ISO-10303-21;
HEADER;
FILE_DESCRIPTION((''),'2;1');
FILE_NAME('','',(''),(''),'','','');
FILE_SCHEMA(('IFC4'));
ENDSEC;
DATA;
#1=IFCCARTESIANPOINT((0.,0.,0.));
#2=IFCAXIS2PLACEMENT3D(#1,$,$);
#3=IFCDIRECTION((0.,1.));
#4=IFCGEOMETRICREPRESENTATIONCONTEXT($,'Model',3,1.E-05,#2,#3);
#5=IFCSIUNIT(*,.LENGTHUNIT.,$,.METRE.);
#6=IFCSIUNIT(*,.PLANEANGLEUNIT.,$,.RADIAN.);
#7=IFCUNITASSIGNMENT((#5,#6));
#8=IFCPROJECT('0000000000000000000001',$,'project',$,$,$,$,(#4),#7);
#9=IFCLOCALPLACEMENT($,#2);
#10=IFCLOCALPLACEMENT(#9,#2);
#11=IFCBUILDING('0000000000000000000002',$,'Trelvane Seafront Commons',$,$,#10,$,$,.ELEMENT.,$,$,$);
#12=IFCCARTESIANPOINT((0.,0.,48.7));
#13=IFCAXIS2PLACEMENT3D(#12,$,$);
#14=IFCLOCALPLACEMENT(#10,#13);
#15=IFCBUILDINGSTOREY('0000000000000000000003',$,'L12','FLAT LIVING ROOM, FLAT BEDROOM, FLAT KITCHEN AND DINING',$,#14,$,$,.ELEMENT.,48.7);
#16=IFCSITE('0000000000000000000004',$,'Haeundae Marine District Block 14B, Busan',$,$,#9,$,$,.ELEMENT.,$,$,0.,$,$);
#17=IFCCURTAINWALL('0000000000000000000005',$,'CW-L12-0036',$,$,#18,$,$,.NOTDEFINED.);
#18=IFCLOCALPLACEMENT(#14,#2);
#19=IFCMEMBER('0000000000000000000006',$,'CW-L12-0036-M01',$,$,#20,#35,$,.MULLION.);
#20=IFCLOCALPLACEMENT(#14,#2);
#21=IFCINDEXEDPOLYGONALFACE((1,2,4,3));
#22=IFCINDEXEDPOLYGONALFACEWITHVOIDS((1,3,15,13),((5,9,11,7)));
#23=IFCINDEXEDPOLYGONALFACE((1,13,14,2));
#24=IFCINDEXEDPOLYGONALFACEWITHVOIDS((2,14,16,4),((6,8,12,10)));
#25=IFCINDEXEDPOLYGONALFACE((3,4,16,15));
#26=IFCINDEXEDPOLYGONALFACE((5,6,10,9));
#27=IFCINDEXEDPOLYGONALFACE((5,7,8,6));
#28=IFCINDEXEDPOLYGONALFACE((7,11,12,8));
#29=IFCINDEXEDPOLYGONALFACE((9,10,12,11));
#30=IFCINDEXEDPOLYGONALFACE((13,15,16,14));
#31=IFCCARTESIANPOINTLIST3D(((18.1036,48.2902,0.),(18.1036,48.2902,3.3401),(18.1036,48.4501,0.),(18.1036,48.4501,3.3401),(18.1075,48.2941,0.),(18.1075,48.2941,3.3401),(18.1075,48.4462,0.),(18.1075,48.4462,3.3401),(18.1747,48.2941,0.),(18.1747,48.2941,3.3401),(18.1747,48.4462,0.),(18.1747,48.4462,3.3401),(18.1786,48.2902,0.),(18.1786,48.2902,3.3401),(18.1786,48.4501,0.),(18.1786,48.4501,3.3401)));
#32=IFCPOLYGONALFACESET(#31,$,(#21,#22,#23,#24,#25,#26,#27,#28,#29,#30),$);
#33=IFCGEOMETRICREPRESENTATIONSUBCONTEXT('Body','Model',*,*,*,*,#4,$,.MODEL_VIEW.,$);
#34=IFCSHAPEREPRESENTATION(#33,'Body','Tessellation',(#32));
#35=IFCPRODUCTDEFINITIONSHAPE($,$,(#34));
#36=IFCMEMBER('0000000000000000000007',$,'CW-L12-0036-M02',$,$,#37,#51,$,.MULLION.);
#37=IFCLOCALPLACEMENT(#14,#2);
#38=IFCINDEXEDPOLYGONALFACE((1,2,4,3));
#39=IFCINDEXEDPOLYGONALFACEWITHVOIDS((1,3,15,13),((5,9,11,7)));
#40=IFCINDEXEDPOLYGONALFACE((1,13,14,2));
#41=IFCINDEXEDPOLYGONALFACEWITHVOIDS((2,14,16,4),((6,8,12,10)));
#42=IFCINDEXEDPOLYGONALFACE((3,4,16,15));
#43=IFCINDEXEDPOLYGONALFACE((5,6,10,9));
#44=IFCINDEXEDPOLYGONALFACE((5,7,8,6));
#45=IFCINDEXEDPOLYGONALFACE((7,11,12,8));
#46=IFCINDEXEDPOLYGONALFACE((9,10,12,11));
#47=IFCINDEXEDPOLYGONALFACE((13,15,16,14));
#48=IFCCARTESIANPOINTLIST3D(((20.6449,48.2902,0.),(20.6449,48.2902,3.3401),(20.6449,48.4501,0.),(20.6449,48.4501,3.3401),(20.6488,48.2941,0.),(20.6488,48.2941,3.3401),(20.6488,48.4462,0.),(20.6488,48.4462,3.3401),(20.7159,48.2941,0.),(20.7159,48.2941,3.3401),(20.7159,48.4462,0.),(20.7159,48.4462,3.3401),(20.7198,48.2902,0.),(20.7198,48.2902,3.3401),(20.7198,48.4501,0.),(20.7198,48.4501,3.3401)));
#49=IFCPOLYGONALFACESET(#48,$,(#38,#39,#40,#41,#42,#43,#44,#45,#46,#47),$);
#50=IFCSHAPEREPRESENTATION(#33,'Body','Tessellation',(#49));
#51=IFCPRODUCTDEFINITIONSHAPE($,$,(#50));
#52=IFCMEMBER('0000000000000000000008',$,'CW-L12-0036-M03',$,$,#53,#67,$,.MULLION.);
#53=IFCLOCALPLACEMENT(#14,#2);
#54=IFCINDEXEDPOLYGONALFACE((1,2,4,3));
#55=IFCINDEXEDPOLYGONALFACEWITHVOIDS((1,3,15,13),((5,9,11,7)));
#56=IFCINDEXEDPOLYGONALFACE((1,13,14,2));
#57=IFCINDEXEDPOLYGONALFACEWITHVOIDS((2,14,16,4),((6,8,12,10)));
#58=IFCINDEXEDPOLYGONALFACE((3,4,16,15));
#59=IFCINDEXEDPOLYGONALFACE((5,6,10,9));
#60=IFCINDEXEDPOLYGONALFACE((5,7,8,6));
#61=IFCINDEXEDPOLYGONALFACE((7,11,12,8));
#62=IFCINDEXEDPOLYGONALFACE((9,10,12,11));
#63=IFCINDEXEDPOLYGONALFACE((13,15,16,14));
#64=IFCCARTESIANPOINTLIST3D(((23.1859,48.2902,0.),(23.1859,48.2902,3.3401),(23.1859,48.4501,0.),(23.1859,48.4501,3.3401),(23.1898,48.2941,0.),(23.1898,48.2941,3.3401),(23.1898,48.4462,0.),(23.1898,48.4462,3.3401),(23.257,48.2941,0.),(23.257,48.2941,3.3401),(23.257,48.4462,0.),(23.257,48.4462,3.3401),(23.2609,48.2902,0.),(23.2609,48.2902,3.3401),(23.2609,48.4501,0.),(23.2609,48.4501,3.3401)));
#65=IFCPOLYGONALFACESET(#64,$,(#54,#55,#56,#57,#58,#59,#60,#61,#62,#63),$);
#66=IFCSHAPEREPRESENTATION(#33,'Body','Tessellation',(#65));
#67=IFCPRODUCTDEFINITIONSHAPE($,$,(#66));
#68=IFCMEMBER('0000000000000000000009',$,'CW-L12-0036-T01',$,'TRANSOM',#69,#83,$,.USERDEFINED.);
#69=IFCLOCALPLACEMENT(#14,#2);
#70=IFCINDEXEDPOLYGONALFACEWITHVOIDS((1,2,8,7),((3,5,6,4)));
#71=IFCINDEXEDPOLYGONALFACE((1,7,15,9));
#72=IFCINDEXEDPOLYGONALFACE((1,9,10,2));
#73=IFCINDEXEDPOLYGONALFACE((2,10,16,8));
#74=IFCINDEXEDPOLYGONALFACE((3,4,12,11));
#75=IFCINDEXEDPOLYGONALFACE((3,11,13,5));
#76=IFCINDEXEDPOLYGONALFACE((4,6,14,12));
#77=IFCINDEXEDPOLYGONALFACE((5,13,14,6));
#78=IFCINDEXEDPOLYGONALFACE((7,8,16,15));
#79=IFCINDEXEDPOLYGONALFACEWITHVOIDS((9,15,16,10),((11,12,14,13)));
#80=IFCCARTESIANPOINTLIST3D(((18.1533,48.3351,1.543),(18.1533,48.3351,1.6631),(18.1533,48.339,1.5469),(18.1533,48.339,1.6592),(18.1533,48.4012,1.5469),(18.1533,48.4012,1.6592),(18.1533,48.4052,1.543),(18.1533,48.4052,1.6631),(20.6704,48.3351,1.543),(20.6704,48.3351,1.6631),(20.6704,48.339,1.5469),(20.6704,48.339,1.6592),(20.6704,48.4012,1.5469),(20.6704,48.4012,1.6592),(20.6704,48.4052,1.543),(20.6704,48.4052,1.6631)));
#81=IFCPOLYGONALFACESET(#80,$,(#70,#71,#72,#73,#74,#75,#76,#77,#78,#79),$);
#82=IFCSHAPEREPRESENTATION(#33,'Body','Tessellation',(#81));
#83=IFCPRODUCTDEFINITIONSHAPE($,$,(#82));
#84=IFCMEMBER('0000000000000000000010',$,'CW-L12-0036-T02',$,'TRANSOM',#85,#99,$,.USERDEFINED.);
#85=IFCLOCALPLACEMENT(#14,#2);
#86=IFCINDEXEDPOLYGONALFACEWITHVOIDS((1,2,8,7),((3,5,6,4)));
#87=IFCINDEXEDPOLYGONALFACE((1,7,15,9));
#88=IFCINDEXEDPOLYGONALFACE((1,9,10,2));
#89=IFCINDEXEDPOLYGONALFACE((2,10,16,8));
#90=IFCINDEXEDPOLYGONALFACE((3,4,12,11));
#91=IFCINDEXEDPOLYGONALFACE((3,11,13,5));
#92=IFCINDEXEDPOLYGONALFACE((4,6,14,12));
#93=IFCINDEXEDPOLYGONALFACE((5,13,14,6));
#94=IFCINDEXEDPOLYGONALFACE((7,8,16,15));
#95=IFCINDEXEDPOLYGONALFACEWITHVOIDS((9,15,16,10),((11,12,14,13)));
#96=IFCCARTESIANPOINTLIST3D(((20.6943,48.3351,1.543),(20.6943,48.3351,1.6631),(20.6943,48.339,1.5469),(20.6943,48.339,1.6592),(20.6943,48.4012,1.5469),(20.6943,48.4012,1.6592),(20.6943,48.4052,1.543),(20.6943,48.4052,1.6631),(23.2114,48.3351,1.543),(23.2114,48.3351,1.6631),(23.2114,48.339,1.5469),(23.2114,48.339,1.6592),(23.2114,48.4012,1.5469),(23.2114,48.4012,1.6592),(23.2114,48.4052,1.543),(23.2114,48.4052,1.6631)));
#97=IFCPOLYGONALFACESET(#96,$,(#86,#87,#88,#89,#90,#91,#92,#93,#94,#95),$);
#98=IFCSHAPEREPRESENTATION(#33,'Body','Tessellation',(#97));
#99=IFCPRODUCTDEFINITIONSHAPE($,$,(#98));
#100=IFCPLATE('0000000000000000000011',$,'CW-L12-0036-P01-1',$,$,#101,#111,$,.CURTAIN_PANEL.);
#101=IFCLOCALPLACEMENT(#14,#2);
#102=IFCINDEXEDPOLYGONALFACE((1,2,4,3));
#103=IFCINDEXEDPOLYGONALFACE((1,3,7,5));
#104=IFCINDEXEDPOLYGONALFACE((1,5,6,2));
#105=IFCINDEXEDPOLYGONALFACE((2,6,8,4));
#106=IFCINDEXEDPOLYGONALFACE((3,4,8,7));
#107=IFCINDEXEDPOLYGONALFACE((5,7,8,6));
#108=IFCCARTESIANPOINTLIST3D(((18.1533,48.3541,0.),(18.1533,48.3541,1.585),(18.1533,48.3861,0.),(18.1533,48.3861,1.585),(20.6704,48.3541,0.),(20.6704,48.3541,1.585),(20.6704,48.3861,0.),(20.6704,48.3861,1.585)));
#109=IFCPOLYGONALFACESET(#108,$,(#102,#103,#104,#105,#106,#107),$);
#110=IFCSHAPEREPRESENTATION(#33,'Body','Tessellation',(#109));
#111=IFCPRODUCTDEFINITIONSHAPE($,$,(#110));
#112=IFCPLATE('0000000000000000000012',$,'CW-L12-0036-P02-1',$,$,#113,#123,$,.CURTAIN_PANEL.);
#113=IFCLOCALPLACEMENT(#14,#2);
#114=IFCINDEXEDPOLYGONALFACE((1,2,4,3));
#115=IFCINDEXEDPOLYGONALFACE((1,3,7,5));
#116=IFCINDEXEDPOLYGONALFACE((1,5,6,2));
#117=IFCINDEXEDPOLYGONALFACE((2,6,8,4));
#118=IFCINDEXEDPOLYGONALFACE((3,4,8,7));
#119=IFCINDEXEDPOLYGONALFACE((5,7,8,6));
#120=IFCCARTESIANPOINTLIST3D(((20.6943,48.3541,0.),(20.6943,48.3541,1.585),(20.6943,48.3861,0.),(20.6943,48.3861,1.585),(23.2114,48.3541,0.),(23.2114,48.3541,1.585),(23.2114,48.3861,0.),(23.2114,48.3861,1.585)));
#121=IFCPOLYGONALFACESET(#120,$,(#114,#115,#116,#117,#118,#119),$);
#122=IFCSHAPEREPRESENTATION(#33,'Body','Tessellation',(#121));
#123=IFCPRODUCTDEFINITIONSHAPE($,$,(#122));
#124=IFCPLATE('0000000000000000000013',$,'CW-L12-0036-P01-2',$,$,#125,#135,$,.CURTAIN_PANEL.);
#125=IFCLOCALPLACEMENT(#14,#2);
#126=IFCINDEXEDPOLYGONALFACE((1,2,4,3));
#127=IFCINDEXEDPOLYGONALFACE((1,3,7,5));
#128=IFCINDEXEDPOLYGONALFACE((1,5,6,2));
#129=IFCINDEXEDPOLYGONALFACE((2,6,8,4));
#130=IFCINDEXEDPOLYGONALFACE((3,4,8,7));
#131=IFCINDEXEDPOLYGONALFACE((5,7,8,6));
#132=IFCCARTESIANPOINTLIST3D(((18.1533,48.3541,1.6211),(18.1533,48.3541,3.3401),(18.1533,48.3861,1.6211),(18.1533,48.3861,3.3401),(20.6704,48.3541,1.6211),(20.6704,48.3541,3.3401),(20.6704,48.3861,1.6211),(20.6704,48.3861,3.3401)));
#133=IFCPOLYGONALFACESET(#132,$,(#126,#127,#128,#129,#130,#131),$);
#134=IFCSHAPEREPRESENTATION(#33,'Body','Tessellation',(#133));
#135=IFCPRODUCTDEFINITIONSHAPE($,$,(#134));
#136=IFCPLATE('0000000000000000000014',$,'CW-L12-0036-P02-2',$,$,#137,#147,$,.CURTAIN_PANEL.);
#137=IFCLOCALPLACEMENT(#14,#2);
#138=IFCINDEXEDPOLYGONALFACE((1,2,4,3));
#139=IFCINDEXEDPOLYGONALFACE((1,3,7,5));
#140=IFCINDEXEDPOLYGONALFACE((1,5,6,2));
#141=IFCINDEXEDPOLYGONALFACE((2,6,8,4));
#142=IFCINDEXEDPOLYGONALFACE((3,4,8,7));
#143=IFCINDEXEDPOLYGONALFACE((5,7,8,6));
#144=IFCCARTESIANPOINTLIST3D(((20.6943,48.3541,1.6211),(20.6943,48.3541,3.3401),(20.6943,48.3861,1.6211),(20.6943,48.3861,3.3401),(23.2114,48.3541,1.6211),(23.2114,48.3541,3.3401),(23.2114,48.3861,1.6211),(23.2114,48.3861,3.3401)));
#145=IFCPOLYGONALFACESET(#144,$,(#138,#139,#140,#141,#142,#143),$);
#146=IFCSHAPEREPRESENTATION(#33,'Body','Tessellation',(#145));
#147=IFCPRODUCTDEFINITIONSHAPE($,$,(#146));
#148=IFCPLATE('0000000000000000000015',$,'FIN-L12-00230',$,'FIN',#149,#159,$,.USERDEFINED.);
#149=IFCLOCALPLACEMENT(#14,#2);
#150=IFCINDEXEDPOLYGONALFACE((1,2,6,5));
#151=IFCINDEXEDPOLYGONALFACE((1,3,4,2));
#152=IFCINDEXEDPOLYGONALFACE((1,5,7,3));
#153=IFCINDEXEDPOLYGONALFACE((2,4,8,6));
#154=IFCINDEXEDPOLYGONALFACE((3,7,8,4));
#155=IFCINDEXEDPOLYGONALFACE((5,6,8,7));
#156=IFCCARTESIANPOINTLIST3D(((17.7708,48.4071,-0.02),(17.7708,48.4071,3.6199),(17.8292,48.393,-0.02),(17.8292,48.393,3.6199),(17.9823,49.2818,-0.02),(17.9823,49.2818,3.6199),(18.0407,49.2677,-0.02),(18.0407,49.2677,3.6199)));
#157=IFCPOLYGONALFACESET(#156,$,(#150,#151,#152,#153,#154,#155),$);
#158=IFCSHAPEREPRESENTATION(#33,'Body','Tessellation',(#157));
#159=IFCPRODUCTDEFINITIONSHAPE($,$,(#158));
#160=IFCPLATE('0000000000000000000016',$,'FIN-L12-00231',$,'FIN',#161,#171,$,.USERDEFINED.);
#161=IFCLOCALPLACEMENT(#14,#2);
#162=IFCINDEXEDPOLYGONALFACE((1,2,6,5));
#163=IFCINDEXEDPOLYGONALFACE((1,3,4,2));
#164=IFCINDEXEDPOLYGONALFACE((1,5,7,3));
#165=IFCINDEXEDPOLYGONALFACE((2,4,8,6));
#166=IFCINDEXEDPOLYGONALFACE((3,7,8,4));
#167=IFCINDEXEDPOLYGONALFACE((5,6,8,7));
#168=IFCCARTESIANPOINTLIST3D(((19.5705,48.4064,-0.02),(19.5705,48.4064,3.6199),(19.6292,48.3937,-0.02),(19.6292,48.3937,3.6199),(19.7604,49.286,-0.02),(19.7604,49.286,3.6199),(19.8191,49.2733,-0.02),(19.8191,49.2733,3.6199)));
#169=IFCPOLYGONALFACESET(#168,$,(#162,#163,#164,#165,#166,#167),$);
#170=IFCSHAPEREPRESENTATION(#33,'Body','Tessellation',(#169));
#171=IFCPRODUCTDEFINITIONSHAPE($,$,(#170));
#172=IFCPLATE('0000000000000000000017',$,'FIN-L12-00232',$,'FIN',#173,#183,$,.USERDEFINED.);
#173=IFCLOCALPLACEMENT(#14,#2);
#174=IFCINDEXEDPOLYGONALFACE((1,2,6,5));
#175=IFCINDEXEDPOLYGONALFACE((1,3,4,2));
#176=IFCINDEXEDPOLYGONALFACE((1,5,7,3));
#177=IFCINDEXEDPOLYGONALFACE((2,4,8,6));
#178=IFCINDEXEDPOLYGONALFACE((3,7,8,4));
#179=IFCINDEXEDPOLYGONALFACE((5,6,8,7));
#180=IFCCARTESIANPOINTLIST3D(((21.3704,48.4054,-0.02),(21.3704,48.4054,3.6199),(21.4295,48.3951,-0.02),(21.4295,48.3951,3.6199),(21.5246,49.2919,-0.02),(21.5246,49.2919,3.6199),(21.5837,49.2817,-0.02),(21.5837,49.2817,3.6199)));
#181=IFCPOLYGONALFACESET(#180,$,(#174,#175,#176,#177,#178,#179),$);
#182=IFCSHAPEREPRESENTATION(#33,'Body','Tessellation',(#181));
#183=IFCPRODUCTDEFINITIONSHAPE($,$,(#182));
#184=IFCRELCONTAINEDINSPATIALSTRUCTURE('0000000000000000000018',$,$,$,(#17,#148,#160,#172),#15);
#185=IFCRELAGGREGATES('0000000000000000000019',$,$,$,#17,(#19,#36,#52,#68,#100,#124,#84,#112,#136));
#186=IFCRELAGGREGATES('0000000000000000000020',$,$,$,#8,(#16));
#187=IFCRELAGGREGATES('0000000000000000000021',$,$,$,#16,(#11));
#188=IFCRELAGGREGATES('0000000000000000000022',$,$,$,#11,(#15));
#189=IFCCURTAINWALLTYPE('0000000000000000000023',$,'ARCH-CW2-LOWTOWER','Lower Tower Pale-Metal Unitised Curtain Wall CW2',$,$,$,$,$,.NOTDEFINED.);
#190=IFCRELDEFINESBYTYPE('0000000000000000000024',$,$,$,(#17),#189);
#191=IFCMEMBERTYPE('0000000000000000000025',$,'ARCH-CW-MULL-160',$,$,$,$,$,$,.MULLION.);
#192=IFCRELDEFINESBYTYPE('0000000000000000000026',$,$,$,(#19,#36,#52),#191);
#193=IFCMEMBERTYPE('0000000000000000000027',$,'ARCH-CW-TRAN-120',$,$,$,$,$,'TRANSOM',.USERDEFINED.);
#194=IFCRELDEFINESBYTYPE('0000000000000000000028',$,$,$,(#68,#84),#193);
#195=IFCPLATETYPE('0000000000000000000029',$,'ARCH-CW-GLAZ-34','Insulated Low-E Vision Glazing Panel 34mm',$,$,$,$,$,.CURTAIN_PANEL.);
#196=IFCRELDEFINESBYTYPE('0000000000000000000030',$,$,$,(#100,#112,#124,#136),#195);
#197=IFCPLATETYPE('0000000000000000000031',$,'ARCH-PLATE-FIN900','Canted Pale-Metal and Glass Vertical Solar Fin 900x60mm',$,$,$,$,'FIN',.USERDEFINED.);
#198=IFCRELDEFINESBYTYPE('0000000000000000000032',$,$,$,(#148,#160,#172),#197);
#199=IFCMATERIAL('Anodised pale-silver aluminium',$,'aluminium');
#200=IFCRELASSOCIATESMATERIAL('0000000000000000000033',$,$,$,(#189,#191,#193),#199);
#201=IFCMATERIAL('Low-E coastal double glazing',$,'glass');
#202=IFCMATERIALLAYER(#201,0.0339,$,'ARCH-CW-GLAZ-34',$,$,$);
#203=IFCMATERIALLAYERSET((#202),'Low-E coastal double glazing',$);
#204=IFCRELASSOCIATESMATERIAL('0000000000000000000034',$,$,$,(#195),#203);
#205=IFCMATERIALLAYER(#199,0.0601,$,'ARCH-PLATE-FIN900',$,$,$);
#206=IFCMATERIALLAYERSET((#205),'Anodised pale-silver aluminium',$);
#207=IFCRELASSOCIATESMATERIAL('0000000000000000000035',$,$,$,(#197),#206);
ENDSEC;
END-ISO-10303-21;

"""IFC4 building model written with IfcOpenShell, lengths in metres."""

from ifc_helpers import new_model, si_unit, direction, frame, origin, origin_2d, place, context, subcontext, project, spatial, rectangle, hollow_rectangle, extrude, source, transform, mapped, material, layer, layer_set, material_profile, profile_set, type_object, element, aggregate, save


model = new_model("IFC4")

# Units and contexts
model_context = context("Model", 3, precision=1e-05, world=origin(), true_north=direction((0.0, 1.0)))
body_context = subcontext(model_context, "Body", "Model", "MODEL_VIEW")
ifc_project = project(units=[si_unit("LENGTHUNIT", "METRE"), si_unit("PLANEANGLEUNIT", "RADIAN")], contexts=[model_context])

# Site, building, storey
site_placement = place(None, origin())
site = spatial("IfcSite", under=ifc_project, at=site_placement, Name="Haeundae Marine District Block 14B, Busan", CompositionType="ELEMENT", RefElevation=0.0)
building_placement = place(site_placement, origin())
building = spatial("IfcBuilding", under=site, at=building_placement, Name="Trelvane Seafront Commons", CompositionType="ELEMENT")
storey_placement = place(building_placement, frame((0.0, 0.0, 48.7)))
storey = spatial("IfcBuildingStorey", under=building, at=storey_placement, Name="L12", Description="FLAT LIVING ROOM, FLAT BEDROOM, FLAT KITCHEN AND DINING", CompositionType="ELEMENT", Elevation=48.7)

# Curtain wall, members, plates
ifc_material_1 = material(Name="Anodised pale-silver aluminium", Category="aluminium")
curtain_wall_type = type_object("IfcCurtainWallType", Name="ARCH-CW2-LOWTOWER", Description="Lower Tower Pale-Metal Unitised Curtain Wall CW2", PredefinedType="NOTDEFINED", material=ifc_material_1)
curtain_wall_placement = place(storey_placement, origin())
curtain_wall = element("IfcCurtainWall", 1, at=curtain_wall_placement, inside=storey, type_object=curtain_wall_type, Name="CW-L12-0036", PredefinedType="NOTDEFINED")
ifc_material_profile_1 = material_profile(ifc_material_1, hollow_rectangle(XDim=0.075, YDim=0.1599, WallThickness=0.0039, at=origin_2d()), Name="MULL-75x160x4")
ifc_profile_set_1 = profile_set([ifc_material_profile_1], Name="Anodised pale-silver aluminium")
member_type_1 = type_object("IfcMemberType", Name="ARCH-CW-MULL-160", PredefinedType="MULLION", material=ifc_profile_set_1)
shared_shape_1 = source(origin(), body_context, "Body", "SweptSolid", [
    extrude(hollow_rectangle(XDim=0.075, YDim=0.1599, WallThickness=0.0039, at=origin_2d()), origin(), (0.0, 0.0, 1.0), 3.3401),
])
member_1_placement = place(storey_placement, frame((18.1411, 48.3701, 0.0), z_axis=(0.0, 0.0, 1.0), x_axis=(1.0, 0.0, 0.0)))
member_1 = element("IfcMember", 2, at=member_1_placement, type_object=member_type_1, Name="CW-L12-0036-M01", PredefinedType="MULLION", context=body_context, shape_type="MappedRepresentation", body=[
    mapped(shared_shape_1, transform((0.0, 0.0, 0.0), x_axis=(1.0, 0.0, 0.0), y_axis=(0.0, 1.0, 0.0), z_axis=(0.0, 0.0, 1.0), scale=1.0)),
])
member_2_placement = place(storey_placement, frame((20.6824, 48.3701, 0.0), z_axis=(0.0, 0.0, 1.0), x_axis=(1.0, 0.0, 0.0)))
member_2 = element("IfcMember", 3, at=member_2_placement, type_object=member_type_1, Name="CW-L12-0036-M02", PredefinedType="MULLION", context=body_context, shape_type="MappedRepresentation", body=[
    mapped(shared_shape_1, transform((0.0, 0.0, 0.0), x_axis=(1.0, 0.0, 0.0), y_axis=(0.0, 1.0, 0.0), z_axis=(0.0, 0.0, 1.0), scale=1.0)),
])
member_3_placement = place(storey_placement, frame((23.2234, 48.3701, 0.0), z_axis=(0.0, 0.0, 1.0), x_axis=(1.0, 0.0, 0.0)))
member_3 = element("IfcMember", 4, at=member_3_placement, type_object=member_type_1, Name="CW-L12-0036-M03", PredefinedType="MULLION", context=body_context, shape_type="MappedRepresentation", body=[
    mapped(shared_shape_1, transform((0.0, 0.0, 0.0), x_axis=(1.0, 0.0, 0.0), y_axis=(0.0, 1.0, 0.0), z_axis=(0.0, 0.0, 1.0), scale=1.0)),
])
ifc_material_profile_2 = material_profile(ifc_material_1, hollow_rectangle(XDim=0.0701, YDim=0.1201, WallThickness=0.0039, at=origin_2d()), Name="TRAN-70x120x4")
ifc_profile_set_2 = profile_set([ifc_material_profile_2], Name="Anodised pale-silver aluminium")
member_type_2 = type_object("IfcMemberType", Name="ARCH-CW-TRAN-120", ElementType="TRANSOM", PredefinedType="USERDEFINED", material=ifc_profile_set_2)
shared_shape_2 = source(origin(), body_context, "Body", "SweptSolid", [
    extrude(hollow_rectangle(XDim=0.0701, YDim=0.1201, WallThickness=0.0039, at=origin_2d()), origin(), (0.0, 0.0, 1.0), 2.5171),
])
member_4_placement = place(storey_placement, frame((18.1533, 48.3701, 1.603), z_axis=(1.0, 0.0, 0.0), x_axis=(0.0, 1.0, 0.0)))
member_4 = element("IfcMember", 5, at=member_4_placement, type_object=member_type_2, Name="CW-L12-0036-T01", ObjectType="TRANSOM", PredefinedType="USERDEFINED", context=body_context, shape_type="MappedRepresentation", body=[
    mapped(shared_shape_2, transform((0.0, 0.0, 0.0), x_axis=(1.0, 0.0, 0.0), y_axis=(0.0, 1.0, 0.0), z_axis=(0.0, 0.0, 1.0), scale=1.0)),
])
member_5_placement = place(storey_placement, frame((20.6943, 48.3701, 1.603), z_axis=(1.0, 0.0, 0.0), x_axis=(0.0, 1.0, 0.0)))
member_5 = element("IfcMember", 6, at=member_5_placement, type_object=member_type_2, Name="CW-L12-0036-T02", ObjectType="TRANSOM", PredefinedType="USERDEFINED", context=body_context, shape_type="MappedRepresentation", body=[
    mapped(shared_shape_2, transform((0.0, 0.0, 0.0), x_axis=(1.0, 0.0, 0.0), y_axis=(0.0, 1.0, 0.0), z_axis=(0.0, 0.0, 1.0), scale=1.0)),
])
ifc_material_2 = material(Name="Low-E coastal double glazing", Category="glass")
ifc_layer_1 = layer(ifc_material_2, 0.0339, Name="ARCH-CW-GLAZ-34")
ifc_layer_set_1 = layer_set([ifc_layer_1], Name="Low-E coastal double glazing")
plate_type_1 = type_object("IfcPlateType", Name="ARCH-CW-GLAZ-34", Description="Insulated Low-E Vision Glazing Panel 34mm", PredefinedType="CURTAIN_PANEL", material=ifc_layer_set_1)
shared_shape_3 = source(origin(), body_context, "Body", "SweptSolid", [
    extrude(rectangle(XDim=2.5171, YDim=0.032, at=origin_2d()), origin(), (0.0, 0.0, 1.0), 1.585),
])
plate_1_placement = place(storey_placement, frame((19.4119, 48.3701, 0.0), z_axis=(0.0, 0.0, 1.0), x_axis=(1.0, 0.0, 0.0)))
plate_1 = element("IfcPlate", 7, at=plate_1_placement, type_object=plate_type_1, Name="CW-L12-0036-P01-1", PredefinedType="CURTAIN_PANEL", context=body_context, shape_type="MappedRepresentation", body=[
    mapped(shared_shape_3, transform((0.0, 0.0, 0.0), x_axis=(1.0, 0.0, 0.0), y_axis=(0.0, 1.0, 0.0), z_axis=(0.0, 0.0, 1.0), scale=1.0)),
])
plate_2_placement = place(storey_placement, frame((21.9529, 48.3701, 0.0), z_axis=(0.0, 0.0, 1.0), x_axis=(1.0, 0.0, 0.0)))
plate_2 = element("IfcPlate", 8, at=plate_2_placement, type_object=plate_type_1, Name="CW-L12-0036-P02-1", PredefinedType="CURTAIN_PANEL", context=body_context, shape_type="MappedRepresentation", body=[
    mapped(shared_shape_3, transform((0.0, 0.0, 0.0), x_axis=(1.0, 0.0, 0.0), y_axis=(0.0, 1.0, 0.0), z_axis=(0.0, 0.0, 1.0), scale=1.0)),
])
shared_shape_4 = source(origin(), body_context, "Body", "SweptSolid", [
    extrude(rectangle(XDim=2.5171, YDim=0.032, at=origin_2d()), origin(), (0.0, 0.0, 1.0), 1.719),
])
plate_3_placement = place(storey_placement, frame((19.4119, 48.3701, 1.6211), z_axis=(0.0, 0.0, 1.0), x_axis=(1.0, 0.0, 0.0)))
plate_3 = element("IfcPlate", 9, at=plate_3_placement, type_object=plate_type_1, Name="CW-L12-0036-P01-2", PredefinedType="CURTAIN_PANEL", context=body_context, shape_type="MappedRepresentation", body=[
    mapped(shared_shape_4, transform((0.0, 0.0, 0.0), x_axis=(1.0, 0.0, 0.0), y_axis=(0.0, 1.0, 0.0), z_axis=(0.0, 0.0, 1.0), scale=1.0)),
])
plate_4_placement = place(storey_placement, frame((21.9529, 48.3701, 1.6211), z_axis=(0.0, 0.0, 1.0), x_axis=(1.0, 0.0, 0.0)))
plate_4 = element("IfcPlate", 10, at=plate_4_placement, type_object=plate_type_1, Name="CW-L12-0036-P02-2", PredefinedType="CURTAIN_PANEL", context=body_context, shape_type="MappedRepresentation", body=[
    mapped(shared_shape_4, transform((0.0, 0.0, 0.0), x_axis=(1.0, 0.0, 0.0), y_axis=(0.0, 1.0, 0.0), z_axis=(0.0, 0.0, 1.0), scale=1.0)),
])
aggregate(curtain_wall, [member_1, member_2, member_3, member_4, plate_1, plate_3, member_5, plate_2, plate_4])

# Plates
ifc_layer_2 = layer(ifc_material_1, 0.0601, Name="ARCH-PLATE-FIN900")
ifc_layer_set_2 = layer_set([ifc_layer_2], Name="Anodised pale-silver aluminium")
plate_type_2 = type_object("IfcPlateType", Name="ARCH-PLATE-FIN900", Description="Canted Pale-Metal and Glass Vertical Solar Fin 900x60mm", ElementType="FIN", PredefinedType="USERDEFINED", material=ifc_layer_set_2)
shared_shape_5 = source(origin(), body_context, "Body", "SweptSolid", [
    extrude(rectangle(XDim=0.8999, YDim=0.0601, at=origin_2d()), origin(), (0.0, 0.0, 1.0), 3.6399),
])
for number, where, z_axis, x_axis, name in (
    (11, (17.9058, 48.8374, -0.02), (0.0, 0.0, 1.0), (0.235, 0.971995, 0.0), "FIN-L12-00230"),
    (12, (19.6948, 48.8398, -0.02), (0.0, 0.0, 1.0), (0.211009, 0.977484, 0.0), "FIN-L12-00231"),
    (13, (21.4771, 48.8435, -0.02), (0.0, 0.0, 1.0), (0.171332, 0.985213, 0.0), "FIN-L12-00232"),
):
    element("IfcPlate", number, at=place(storey_placement, frame(where, z_axis=z_axis, x_axis=x_axis)), inside=storey, type_object=plate_type_2, Name=name, ObjectType="FIN", PredefinedType="USERDEFINED", context=body_context, shape_type="MappedRepresentation", body=[
        mapped(shared_shape_5, transform((0.0, 0.0, 0.0), x_axis=(1.0, 0.0, 0.0), y_axis=(0.0, 1.0, 0.0), z_axis=(0.0, 0.0, 1.0), scale=1.0)),
    ])

save(model, "model.ifc")
